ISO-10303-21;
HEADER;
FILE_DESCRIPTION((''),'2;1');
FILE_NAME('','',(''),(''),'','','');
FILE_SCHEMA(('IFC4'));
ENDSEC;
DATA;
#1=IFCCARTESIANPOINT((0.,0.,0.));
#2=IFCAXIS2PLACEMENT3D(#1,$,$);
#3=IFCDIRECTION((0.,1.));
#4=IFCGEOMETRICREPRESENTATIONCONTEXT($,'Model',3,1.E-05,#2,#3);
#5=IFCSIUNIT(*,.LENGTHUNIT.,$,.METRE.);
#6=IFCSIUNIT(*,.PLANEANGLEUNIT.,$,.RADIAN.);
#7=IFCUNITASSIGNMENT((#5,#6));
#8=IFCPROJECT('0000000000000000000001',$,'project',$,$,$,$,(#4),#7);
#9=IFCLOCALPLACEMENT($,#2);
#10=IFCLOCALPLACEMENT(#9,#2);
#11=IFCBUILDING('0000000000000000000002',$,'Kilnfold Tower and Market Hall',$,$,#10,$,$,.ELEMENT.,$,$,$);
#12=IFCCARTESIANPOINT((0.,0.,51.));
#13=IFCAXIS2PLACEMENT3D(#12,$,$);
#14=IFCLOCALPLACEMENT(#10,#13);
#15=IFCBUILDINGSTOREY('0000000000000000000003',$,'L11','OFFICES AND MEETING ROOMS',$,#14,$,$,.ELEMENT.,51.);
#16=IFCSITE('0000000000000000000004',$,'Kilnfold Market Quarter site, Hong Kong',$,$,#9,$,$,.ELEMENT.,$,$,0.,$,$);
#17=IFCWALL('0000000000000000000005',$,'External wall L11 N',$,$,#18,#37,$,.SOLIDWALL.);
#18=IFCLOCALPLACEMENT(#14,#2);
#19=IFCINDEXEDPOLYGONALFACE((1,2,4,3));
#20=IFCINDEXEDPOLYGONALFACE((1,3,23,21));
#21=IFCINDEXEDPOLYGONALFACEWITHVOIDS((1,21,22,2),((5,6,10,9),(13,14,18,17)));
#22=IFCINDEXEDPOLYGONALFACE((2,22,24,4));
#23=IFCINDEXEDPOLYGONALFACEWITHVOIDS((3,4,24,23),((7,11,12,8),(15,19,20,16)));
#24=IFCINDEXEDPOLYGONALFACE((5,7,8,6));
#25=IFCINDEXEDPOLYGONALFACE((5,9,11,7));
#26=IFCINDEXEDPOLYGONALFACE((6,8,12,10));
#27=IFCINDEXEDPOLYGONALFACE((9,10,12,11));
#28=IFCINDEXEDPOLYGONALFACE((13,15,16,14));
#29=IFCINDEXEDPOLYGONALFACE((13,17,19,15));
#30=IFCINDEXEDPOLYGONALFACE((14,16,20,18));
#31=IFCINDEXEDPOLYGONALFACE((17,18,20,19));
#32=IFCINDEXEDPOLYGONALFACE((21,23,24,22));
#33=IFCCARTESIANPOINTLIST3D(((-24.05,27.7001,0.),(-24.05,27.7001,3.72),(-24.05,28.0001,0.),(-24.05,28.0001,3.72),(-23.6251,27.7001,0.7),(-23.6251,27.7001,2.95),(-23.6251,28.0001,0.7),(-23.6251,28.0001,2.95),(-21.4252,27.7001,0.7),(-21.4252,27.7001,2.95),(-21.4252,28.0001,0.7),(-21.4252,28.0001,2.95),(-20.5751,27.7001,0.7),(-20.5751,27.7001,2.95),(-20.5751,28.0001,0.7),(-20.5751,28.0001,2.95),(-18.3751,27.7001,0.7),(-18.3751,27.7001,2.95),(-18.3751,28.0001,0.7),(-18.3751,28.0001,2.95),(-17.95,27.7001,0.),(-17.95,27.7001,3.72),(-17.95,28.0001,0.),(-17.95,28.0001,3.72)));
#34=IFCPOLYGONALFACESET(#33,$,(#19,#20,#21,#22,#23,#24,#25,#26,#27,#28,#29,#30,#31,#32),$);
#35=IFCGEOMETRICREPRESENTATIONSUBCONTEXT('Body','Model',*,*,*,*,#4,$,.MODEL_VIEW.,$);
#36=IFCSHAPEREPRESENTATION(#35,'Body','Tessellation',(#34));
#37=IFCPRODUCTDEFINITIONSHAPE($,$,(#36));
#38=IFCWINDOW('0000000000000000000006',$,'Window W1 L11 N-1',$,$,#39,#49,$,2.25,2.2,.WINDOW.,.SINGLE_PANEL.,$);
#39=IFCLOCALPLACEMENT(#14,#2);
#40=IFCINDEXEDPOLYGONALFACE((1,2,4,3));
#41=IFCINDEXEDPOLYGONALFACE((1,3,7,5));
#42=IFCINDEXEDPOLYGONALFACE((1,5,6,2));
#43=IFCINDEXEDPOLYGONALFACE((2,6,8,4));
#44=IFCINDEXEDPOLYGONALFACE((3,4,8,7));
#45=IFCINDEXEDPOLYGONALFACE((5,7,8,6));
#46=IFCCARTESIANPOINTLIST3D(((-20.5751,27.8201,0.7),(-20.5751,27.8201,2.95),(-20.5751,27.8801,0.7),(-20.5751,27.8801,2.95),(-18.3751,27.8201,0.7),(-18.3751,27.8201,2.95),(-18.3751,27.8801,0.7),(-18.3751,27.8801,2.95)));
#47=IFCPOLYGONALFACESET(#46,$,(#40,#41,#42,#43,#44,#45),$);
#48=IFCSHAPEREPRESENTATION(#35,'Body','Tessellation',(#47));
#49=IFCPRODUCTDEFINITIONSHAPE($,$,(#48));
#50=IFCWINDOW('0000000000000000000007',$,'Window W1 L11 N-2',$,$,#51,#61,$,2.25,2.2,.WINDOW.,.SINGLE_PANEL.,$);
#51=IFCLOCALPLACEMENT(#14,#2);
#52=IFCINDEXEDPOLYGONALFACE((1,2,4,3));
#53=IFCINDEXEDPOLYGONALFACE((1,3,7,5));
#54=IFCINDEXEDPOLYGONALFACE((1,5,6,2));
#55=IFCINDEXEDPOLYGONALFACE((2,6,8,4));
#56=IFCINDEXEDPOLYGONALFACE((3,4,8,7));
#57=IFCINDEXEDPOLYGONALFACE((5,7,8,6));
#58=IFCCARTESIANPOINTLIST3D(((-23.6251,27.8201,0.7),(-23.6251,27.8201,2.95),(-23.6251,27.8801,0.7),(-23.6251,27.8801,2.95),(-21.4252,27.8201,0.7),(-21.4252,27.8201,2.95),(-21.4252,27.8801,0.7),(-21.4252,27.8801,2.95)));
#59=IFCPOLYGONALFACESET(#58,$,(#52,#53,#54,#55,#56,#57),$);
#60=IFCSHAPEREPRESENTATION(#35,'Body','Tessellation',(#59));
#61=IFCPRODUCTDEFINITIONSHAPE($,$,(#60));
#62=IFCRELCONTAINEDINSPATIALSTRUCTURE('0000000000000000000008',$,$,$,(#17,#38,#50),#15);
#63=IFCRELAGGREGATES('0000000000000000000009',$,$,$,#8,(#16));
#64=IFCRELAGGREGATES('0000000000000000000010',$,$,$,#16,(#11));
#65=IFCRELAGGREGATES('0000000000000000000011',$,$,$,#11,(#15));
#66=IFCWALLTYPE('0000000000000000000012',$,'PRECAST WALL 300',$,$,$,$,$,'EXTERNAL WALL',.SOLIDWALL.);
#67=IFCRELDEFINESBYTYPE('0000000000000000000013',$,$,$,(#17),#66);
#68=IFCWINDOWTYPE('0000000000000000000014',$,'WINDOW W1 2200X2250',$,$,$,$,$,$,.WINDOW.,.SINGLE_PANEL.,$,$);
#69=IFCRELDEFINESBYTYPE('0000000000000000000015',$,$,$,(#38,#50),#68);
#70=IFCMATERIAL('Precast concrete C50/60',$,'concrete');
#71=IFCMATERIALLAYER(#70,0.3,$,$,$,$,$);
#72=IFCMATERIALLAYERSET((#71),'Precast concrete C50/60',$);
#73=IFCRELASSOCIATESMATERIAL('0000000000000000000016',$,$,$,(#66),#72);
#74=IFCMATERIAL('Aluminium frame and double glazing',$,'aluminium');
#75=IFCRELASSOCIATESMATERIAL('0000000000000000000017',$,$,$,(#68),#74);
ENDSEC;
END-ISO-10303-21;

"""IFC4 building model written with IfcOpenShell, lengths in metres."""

from ifc_helpers import new_model, si_unit, direction, frame, frame_2d, origin, place, context, subcontext, project, spatial, rectangle, extrude, source, transform, mapped, material, layer, layer_set, type_object, element, fill, save


model = new_model("IFC4")

# Units and contexts
model_context = context("Model", 3, precision=1e-05, world=origin(), true_north=direction((0.0, 1.0)))
body_context = subcontext(model_context, "Body", "Model", "MODEL_VIEW")
ifc_project = project(units=[si_unit("LENGTHUNIT", "METRE"), si_unit("PLANEANGLEUNIT", "RADIAN")], contexts=[model_context])

# Site, building, storey
site_placement = place(None, origin())
site = spatial("IfcSite", under=ifc_project, at=site_placement, Name="Kilnfold Market Quarter site, Hong Kong", CompositionType="ELEMENT", RefElevation=0.0)
building_placement = place(site_placement, origin())
building = spatial("IfcBuilding", under=site, at=building_placement, Name="Kilnfold Tower and Market Hall", CompositionType="ELEMENT")
storey_placement = place(building_placement, frame((0.0, 0.0, 51.0)))
storey = spatial("IfcBuildingStorey", under=building, at=storey_placement, Name="L11", Description="OFFICES AND MEETING ROOMS", CompositionType="ELEMENT", Elevation=51.0)

# Wall, openings, windows
ifc_material_1 = material(Name="Precast concrete C50/60", Category="concrete")
ifc_layer_1 = layer(ifc_material_1, 0.3)
ifc_layer_set_1 = layer_set([ifc_layer_1], Name="Precast concrete C50/60")
wall_type_1 = type_object("IfcWallType", Name="PRECAST WALL 300", ElementType="EXTERNAL WALL", PredefinedType="SOLIDWALL", material=ifc_layer_set_1)
shared_shape_1 = source(origin(), body_context, "Body", "SweptSolid", [
    extrude(rectangle(XDim=6.1001, YDim=0.3, at=frame_2d((3.05, 0.0))), origin(), (0.0, 0.0, 1.0), 3.72),
])
wall_1_placement = place(storey_placement, frame((-17.95, 27.8501, 0.0), z_axis=(0.0, 0.0, 1.0), x_axis=(-1.0, 0.0, 0.0)))
wall_1 = element("IfcWall", 1, at=wall_1_placement, inside=storey, type_object=wall_type_1, Name="External wall L11 N", PredefinedType="SOLIDWALL", context=body_context, shape_type="MappedRepresentation", body=[
    mapped(shared_shape_1, transform((0.0, 0.0, 0.0))),
])
opening_1_placement = place(wall_1_placement, frame((0.425, 0.0, 0.7)))
opening_1 = element("IfcOpeningElement", 2, at=opening_1_placement, cuts=wall_1, PredefinedType="OPENING", context=body_context, shape_type="SweptSolid", body=[
    extrude(rectangle(XDim=2.2, YDim=2.25, at=frame_2d((1.1001, 1.125))), frame((0.0, 0.1602, 0.0), z_axis=(0.0, -1.0, 0.0), x_axis=(1.0, 0.0, 0.0)), (0.0, 0.0, 1.0), 0.3201),
])
opening_2_placement = place(wall_1_placement, frame((3.4751, 0.0, 0.7)))
opening_2 = element("IfcOpeningElement", 3, at=opening_2_placement, cuts=wall_1, PredefinedType="OPENING", context=body_context, shape_type="SweptSolid", body=[
    extrude(rectangle(XDim=2.2, YDim=2.25, at=frame_2d((1.1001, 1.125))), frame((0.0, 0.1602, 0.0), z_axis=(0.0, -1.0, 0.0), x_axis=(1.0, 0.0, 0.0)), (0.0, 0.0, 1.0), 0.3201),
])
ifc_material_2 = material(Name="Aluminium frame and double glazing", Category="aluminium")
window_type = type_object("IfcWindowType", Name="WINDOW W1 2200X2250", PartitioningType="SINGLE_PANEL", PredefinedType="WINDOW", material=ifc_material_2)
window_1_placement = place(opening_1_placement, origin())
window_1 = element("IfcWindow", 4, at=window_1_placement, inside=storey, type_object=window_type, Name="Window W1 L11 N-1", OverallHeight=2.25, OverallWidth=2.2, PartitioningType="SINGLE_PANEL", PredefinedType="WINDOW", context=body_context, shape_type="SweptSolid", body=[
    extrude(rectangle(XDim=2.2, YDim=2.25, at=frame_2d((1.1001, 1.125))), frame((0.0, 0.03, 0.0), z_axis=(0.0, -1.0, 0.0), x_axis=(1.0, 0.0, 0.0)), (0.0, 0.0, 1.0), 0.0601),
])
fill(opening_1, window_1)
window_2_placement = place(opening_2_placement, origin())
window_2 = element("IfcWindow", 5, at=window_2_placement, inside=storey, type_object=window_type, Name="Window W1 L11 N-2", OverallHeight=2.25, OverallWidth=2.2, PartitioningType="SINGLE_PANEL", PredefinedType="WINDOW", context=body_context, shape_type="SweptSolid", body=[
    extrude(rectangle(XDim=2.2, YDim=2.25, at=frame_2d((1.1001, 1.125))), frame((0.0, 0.03, 0.0), z_axis=(0.0, -1.0, 0.0), x_axis=(1.0, 0.0, 0.0)), (0.0, 0.0, 1.0), 0.0601),
])
fill(opening_2, window_2)

save(model, "model.ifc")
